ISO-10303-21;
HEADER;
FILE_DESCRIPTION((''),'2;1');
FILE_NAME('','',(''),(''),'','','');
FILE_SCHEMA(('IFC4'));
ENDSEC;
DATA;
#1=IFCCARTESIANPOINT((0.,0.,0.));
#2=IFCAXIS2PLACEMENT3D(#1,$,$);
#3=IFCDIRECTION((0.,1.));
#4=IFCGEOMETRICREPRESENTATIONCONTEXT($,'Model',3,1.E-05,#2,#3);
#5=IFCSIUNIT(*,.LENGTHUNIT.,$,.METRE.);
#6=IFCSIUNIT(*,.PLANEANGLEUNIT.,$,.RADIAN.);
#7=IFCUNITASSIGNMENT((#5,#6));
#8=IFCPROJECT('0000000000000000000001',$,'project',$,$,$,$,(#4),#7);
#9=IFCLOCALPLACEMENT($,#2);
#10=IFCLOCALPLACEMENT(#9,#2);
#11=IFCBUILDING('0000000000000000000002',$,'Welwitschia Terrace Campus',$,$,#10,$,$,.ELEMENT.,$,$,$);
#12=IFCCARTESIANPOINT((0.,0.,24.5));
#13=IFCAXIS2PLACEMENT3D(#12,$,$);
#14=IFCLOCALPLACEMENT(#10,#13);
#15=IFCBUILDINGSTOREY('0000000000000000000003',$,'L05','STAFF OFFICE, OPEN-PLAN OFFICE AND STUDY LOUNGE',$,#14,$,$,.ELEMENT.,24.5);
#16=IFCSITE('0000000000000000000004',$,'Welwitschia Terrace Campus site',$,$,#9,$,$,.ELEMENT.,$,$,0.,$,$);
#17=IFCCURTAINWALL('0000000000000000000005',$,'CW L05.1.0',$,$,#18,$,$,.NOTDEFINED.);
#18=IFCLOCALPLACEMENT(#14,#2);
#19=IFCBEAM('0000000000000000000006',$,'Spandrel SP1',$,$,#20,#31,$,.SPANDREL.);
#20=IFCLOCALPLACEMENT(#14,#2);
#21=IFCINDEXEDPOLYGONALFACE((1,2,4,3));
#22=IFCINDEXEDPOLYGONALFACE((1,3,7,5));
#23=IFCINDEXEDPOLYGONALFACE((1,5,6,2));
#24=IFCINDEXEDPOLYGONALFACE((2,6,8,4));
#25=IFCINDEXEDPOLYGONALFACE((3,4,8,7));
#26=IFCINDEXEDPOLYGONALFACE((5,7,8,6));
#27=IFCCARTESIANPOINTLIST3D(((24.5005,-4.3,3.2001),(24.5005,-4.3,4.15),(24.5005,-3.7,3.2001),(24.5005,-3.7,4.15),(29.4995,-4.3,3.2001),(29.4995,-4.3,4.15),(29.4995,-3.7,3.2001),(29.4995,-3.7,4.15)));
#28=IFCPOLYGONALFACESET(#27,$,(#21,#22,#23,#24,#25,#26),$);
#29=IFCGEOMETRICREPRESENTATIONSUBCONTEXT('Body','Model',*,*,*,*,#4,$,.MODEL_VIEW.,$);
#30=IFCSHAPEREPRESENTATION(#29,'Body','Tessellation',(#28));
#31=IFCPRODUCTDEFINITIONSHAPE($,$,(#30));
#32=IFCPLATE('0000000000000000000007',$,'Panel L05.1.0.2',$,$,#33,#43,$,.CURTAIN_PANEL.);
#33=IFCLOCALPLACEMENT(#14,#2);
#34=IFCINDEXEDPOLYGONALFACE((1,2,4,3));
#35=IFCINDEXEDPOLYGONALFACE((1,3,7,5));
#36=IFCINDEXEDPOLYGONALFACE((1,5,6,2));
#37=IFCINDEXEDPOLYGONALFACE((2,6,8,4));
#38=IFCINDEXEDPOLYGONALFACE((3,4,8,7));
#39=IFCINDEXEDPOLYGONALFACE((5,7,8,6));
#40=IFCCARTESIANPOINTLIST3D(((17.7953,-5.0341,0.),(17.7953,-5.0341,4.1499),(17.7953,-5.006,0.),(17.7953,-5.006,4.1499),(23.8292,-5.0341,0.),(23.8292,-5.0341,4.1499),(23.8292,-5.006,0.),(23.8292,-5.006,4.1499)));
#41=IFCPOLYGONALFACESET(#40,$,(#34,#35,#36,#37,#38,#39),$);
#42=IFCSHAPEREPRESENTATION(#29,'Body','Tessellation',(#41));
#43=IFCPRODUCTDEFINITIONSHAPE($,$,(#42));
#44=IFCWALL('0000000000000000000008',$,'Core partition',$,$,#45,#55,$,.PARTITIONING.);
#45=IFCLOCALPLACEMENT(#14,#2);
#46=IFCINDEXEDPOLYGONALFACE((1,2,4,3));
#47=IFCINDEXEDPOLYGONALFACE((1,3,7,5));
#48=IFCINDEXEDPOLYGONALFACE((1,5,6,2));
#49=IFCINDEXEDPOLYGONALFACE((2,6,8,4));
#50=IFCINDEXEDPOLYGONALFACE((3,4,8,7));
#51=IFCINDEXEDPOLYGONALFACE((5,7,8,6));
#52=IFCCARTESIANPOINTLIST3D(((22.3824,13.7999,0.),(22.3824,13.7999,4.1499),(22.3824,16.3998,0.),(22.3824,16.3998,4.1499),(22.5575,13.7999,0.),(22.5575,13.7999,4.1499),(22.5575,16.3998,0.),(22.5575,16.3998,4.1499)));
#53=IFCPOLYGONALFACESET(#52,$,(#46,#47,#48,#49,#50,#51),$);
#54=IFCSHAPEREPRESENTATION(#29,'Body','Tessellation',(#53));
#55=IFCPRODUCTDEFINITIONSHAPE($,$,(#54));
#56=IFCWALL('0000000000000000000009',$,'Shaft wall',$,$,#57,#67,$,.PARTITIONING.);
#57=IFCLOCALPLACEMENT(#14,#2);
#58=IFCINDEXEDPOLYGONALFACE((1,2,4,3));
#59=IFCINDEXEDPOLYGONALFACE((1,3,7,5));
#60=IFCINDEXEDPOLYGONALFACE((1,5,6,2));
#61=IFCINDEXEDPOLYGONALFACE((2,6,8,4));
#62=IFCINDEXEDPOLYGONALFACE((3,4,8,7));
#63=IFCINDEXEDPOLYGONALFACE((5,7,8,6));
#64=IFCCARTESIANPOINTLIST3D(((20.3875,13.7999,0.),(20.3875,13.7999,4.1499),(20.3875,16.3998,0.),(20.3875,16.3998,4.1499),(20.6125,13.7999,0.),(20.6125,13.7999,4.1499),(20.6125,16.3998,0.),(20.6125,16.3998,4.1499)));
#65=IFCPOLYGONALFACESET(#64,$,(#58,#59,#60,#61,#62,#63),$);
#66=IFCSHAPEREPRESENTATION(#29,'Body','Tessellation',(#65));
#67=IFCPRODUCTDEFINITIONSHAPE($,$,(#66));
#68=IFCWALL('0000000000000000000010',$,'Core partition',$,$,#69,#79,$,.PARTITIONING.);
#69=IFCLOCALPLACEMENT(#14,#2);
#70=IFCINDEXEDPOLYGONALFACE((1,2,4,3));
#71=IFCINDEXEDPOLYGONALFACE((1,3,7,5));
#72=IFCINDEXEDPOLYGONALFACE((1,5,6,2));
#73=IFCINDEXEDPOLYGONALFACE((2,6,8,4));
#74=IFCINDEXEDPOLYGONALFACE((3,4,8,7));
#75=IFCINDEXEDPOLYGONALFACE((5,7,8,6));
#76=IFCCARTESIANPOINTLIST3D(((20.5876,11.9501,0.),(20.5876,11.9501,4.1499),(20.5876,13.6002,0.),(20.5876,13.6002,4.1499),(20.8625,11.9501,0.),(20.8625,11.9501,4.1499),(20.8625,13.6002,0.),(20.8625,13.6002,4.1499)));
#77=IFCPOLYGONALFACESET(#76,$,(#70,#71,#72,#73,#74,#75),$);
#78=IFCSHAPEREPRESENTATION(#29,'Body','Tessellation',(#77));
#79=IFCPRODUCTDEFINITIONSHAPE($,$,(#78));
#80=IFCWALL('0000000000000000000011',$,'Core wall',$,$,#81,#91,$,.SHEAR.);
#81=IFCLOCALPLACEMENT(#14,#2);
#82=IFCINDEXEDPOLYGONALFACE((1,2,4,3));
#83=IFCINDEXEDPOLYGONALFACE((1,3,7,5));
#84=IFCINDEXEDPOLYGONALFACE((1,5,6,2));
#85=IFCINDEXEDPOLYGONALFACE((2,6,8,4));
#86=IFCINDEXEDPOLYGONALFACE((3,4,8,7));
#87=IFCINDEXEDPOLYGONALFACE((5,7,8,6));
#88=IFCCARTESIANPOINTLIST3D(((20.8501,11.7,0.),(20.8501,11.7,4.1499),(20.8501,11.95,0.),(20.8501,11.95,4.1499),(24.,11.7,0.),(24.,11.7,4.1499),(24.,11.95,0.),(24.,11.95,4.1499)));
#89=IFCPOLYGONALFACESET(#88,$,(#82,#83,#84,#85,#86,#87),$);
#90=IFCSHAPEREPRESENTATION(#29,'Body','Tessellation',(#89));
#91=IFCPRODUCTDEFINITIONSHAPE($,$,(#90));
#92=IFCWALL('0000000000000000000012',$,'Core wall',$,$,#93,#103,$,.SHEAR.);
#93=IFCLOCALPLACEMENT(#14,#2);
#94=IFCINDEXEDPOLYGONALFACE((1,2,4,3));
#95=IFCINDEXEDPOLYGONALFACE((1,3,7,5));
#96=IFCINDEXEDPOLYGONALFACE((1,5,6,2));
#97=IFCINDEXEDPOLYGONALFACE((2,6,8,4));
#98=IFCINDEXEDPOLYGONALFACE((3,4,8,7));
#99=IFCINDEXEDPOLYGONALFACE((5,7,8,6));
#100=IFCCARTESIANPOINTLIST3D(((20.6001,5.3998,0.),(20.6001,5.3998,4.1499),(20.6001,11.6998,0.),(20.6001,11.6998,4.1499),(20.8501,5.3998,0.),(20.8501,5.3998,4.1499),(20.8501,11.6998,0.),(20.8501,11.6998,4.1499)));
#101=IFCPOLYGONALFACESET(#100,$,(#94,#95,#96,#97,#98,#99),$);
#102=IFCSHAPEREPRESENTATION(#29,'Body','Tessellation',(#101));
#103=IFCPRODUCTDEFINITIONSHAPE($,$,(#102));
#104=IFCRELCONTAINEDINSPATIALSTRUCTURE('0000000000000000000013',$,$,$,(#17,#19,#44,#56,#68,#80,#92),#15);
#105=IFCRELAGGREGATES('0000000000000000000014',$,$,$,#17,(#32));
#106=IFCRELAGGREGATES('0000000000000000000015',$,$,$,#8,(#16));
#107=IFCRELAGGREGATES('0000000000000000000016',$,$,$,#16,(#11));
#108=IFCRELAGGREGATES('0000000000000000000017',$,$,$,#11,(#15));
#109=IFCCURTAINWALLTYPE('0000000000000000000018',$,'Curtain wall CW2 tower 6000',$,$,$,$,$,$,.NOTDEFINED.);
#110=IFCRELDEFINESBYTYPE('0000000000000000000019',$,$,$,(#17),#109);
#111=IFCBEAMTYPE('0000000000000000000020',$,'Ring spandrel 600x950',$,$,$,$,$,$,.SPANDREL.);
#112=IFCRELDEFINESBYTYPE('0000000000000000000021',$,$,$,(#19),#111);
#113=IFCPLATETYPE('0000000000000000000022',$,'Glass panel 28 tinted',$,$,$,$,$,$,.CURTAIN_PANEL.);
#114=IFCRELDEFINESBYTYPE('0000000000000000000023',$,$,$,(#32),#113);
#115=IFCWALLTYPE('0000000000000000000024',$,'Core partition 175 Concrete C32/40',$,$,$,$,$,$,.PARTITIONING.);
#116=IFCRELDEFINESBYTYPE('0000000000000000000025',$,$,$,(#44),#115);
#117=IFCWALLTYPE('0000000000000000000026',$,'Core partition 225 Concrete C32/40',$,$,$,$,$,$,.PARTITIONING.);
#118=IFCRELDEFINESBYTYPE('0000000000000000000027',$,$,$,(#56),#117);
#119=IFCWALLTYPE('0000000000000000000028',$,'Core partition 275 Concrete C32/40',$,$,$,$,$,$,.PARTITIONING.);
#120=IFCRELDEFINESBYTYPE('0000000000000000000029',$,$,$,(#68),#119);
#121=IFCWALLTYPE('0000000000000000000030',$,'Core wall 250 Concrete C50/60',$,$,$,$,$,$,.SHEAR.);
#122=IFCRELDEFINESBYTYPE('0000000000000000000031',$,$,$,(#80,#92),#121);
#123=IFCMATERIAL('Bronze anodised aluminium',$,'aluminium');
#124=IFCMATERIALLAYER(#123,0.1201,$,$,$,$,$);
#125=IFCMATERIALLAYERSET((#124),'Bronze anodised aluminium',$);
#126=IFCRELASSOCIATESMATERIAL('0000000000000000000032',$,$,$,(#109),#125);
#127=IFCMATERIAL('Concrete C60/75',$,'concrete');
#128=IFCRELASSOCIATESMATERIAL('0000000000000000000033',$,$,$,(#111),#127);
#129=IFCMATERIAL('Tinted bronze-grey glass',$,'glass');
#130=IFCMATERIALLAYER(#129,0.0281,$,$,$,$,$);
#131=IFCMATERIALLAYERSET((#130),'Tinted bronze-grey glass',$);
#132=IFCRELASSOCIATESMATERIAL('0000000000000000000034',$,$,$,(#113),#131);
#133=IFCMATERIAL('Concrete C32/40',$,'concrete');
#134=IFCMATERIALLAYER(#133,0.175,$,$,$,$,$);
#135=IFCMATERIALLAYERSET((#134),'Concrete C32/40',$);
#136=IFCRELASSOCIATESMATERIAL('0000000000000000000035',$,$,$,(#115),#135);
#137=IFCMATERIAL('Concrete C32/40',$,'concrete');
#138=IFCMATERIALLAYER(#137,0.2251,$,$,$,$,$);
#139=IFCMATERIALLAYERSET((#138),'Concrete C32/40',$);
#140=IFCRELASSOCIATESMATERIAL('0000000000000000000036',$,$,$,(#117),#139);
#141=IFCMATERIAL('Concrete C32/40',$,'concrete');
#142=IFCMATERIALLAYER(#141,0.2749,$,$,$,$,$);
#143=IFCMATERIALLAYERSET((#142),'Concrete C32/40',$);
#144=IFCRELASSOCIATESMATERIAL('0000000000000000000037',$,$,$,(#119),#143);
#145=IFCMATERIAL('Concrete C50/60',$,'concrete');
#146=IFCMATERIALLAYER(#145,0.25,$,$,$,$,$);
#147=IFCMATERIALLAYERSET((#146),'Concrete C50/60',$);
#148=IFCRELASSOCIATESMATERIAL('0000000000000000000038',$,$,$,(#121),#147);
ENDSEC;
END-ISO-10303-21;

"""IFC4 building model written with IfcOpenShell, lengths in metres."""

from ifc_helpers import new_model, si_unit, direction, frame, frame_2d, origin, origin_2d, place, context, subcontext, project, spatial, rectangle, extrude, material, layer, layer_set, material_profile, profile_set, type_object, element, aggregate, save


model = new_model("IFC4")

# Units and contexts
model_context = context("Model", 3, precision=1e-05, world=origin(), true_north=direction((0.0, 1.0)))
body_context = subcontext(model_context, "Body", "Model", "MODEL_VIEW")
ifc_project = project(units=[si_unit("LENGTHUNIT", "METRE"), si_unit("PLANEANGLEUNIT", "RADIAN")], contexts=[model_context])

# Site, building, storey
site_placement = place(None, origin())
site = spatial("IfcSite", under=ifc_project, at=site_placement, Name="Welwitschia Terrace Campus site", CompositionType="ELEMENT", RefElevation=0.0)
building_placement = place(site_placement, origin())
building = spatial("IfcBuilding", under=site, at=building_placement, Name="Welwitschia Terrace Campus", CompositionType="ELEMENT")
storey_placement = place(building_placement, frame((0.0, 0.0, 24.5)))
storey = spatial("IfcBuildingStorey", under=building, at=storey_placement, Name="L05", Description="STAFF OFFICE, OPEN-PLAN OFFICE AND STUDY LOUNGE", CompositionType="ELEMENT", Elevation=24.5)

# Curtain wall
ifc_material_1 = material(Name="Bronze anodised aluminium", Category="aluminium")
ifc_layer_1 = layer(ifc_material_1, 0.1201)
ifc_layer_set_1 = layer_set([ifc_layer_1], Name="Bronze anodised aluminium")
curtain_wall_type = type_object("IfcCurtainWallType", Name="Curtain wall CW2 tower 6000", PredefinedType="NOTDEFINED", material=ifc_layer_set_1)
curtain_wall_placement = place(storey_placement, origin())
curtain_wall = element("IfcCurtainWall", 1, at=curtain_wall_placement, inside=storey, type_object=curtain_wall_type, Name="CW L05.1.0", PredefinedType="NOTDEFINED")

# Beam
ifc_material_2 = material(Name="Concrete C60/75", Category="concrete")
ifc_material_profile_1 = material_profile(ifc_material_2, rectangle(XDim=0.6001, YDim=0.95, at=origin_2d()))
ifc_profile_set_1 = profile_set([ifc_material_profile_1], Name="Concrete C60/75")
beam_type_1 = type_object("IfcBeamType", Name="Ring spandrel 600x950", PredefinedType="SPANDREL", material=ifc_profile_set_1)
for number, where, z_axis, x_axis, name in (
    (2, (24.5005, -4.0, 3.675), (1.0, 0.0, 0.0), (0.0, 1.0, 0.0), "Spandrel SP1"),
):
    element("IfcBeam", number, at=place(storey_placement, frame(where, z_axis=z_axis, x_axis=x_axis)), inside=storey, type_object=beam_type_1, Name=name, PredefinedType="SPANDREL", context=body_context, shape_type="SweptSolid", body=[
        extrude(rectangle(XDim=0.6001, YDim=0.95, at=origin_2d()), origin(), (0.0, 0.0, 1.0), 4.999),
    ])

# Plate
ifc_material_3 = material(Name="Tinted bronze-grey glass", Category="glass")
ifc_layer_2 = layer(ifc_material_3, 0.0281)
ifc_layer_set_2 = layer_set([ifc_layer_2], Name="Tinted bronze-grey glass")
plate_type = type_object("IfcPlateType", Name="Glass panel 28 tinted", PredefinedType="CURTAIN_PANEL", material=ifc_layer_set_2)
plate_placement = place(storey_placement, frame((20.8123, -5.02, 0.0), z_axis=(0.0, 0.0, 1.0), x_axis=(1.0, 0.0, 0.0)))
plate = element("IfcPlate", 3, at=plate_placement, type_object=plate_type, Name="Panel L05.1.0.2", PredefinedType="CURTAIN_PANEL", context=body_context, shape_type="SweptSolid", body=[
    extrude(rectangle(XDim=6.0339, YDim=0.0281, at=origin_2d()), origin(), (0.0, 0.0, 1.0), 4.1499),
])
aggregate(curtain_wall, [plate])

# Walls
ifc_material_4 = material(Name="Concrete C32/40", Category="concrete")
ifc_layer_3 = layer(ifc_material_4, 0.175)
ifc_layer_set_3 = layer_set([ifc_layer_3], Name="Concrete C32/40")
wall_type_1 = type_object("IfcWallType", Name="Core partition 175 Concrete C32/40", PredefinedType="PARTITIONING", material=ifc_layer_set_3)
wall_1_placement = place(storey_placement, frame((22.47, 13.8, 0.0), z_axis=(0.0, 0.0, 1.0), x_axis=(0.0, 1.0, 0.0)))
element("IfcWall", 4, at=wall_1_placement, inside=storey, type_object=wall_type_1, Name="Core partition", PredefinedType="PARTITIONING", context=body_context, shape_type="SweptSolid", body=[
    extrude(rectangle(XDim=2.5999, YDim=0.175, at=frame_2d((1.2998, 0.0))), origin(), (0.0, 0.0, 1.0), 4.1499),
])
ifc_material_5 = material(Name="Concrete C32/40", Category="concrete")
ifc_layer_4 = layer(ifc_material_5, 0.2251)
ifc_layer_set_4 = layer_set([ifc_layer_4], Name="Concrete C32/40")
wall_type_2 = type_object("IfcWallType", Name="Core partition 225 Concrete C32/40", PredefinedType="PARTITIONING", material=ifc_layer_set_4)
wall_2_placement = place(storey_placement, frame((20.5, 13.8, 0.0), z_axis=(0.0, 0.0, 1.0), x_axis=(0.0, 1.0, 0.0)))
element("IfcWall", 5, at=wall_2_placement, inside=storey, type_object=wall_type_2, Name="Shaft wall", PredefinedType="PARTITIONING", context=body_context, shape_type="SweptSolid", body=[
    extrude(rectangle(XDim=2.5999, YDim=0.2251, at=frame_2d((1.2998, 0.0))), origin(), (0.0, 0.0, 1.0), 4.1499),
])
ifc_material_6 = material(Name="Concrete C32/40", Category="concrete")
ifc_layer_5 = layer(ifc_material_6, 0.2749)
ifc_layer_set_5 = layer_set([ifc_layer_5], Name="Concrete C32/40")
wall_type_3 = type_object("IfcWallType", Name="Core partition 275 Concrete C32/40", PredefinedType="PARTITIONING", material=ifc_layer_set_5)
wall_3_placement = place(storey_placement, frame((20.7251, 11.95, 0.0), z_axis=(0.0, 0.0, 1.0), x_axis=(0.0, 1.0, 0.0)))
element("IfcWall", 6, at=wall_3_placement, inside=storey, type_object=wall_type_3, Name="Core partition", PredefinedType="PARTITIONING", context=body_context, shape_type="SweptSolid", body=[
    extrude(rectangle(XDim=1.6501, YDim=0.2749, at=frame_2d((0.8252, 0.0))), origin(), (0.0, 0.0, 1.0), 4.1499),
])
ifc_material_7 = material(Name="Concrete C50/60", Category="concrete")
ifc_layer_6 = layer(ifc_material_7, 0.25)
ifc_layer_set_6 = layer_set([ifc_layer_6], Name="Concrete C50/60")
wall_type_4 = type_object("IfcWallType", Name="Core wall 250 Concrete C50/60", PredefinedType="SHEAR", material=ifc_layer_set_6)
wall_4_placement = place(storey_placement, frame((20.8501, 11.825, 0.0), z_axis=(0.0, 0.0, 1.0), x_axis=(1.0, 0.0, 0.0)))
element("IfcWall", 7, at=wall_4_placement, inside=storey, type_object=wall_type_4, Name="Core wall", PredefinedType="SHEAR", context=body_context, shape_type="SweptSolid", body=[
    extrude(rectangle(XDim=3.1499, YDim=0.25, at=frame_2d((1.575, 0.0))), origin(), (0.0, 0.0, 1.0), 4.1499),
])
wall_5_placement = place(storey_placement, frame((20.7251, 5.3999, 0.0), z_axis=(0.0, 0.0, 1.0), x_axis=(0.0, 1.0, 0.0)))
element("IfcWall", 8, at=wall_5_placement, inside=storey, type_object=wall_type_4, Name="Core wall", PredefinedType="SHEAR", context=body_context, shape_type="SweptSolid", body=[
    extrude(rectangle(XDim=6.3, YDim=0.25, at=frame_2d((3.1499, 0.0))), origin(), (0.0, 0.0, 1.0), 4.1499),
])

save(model, "model.ifc")
